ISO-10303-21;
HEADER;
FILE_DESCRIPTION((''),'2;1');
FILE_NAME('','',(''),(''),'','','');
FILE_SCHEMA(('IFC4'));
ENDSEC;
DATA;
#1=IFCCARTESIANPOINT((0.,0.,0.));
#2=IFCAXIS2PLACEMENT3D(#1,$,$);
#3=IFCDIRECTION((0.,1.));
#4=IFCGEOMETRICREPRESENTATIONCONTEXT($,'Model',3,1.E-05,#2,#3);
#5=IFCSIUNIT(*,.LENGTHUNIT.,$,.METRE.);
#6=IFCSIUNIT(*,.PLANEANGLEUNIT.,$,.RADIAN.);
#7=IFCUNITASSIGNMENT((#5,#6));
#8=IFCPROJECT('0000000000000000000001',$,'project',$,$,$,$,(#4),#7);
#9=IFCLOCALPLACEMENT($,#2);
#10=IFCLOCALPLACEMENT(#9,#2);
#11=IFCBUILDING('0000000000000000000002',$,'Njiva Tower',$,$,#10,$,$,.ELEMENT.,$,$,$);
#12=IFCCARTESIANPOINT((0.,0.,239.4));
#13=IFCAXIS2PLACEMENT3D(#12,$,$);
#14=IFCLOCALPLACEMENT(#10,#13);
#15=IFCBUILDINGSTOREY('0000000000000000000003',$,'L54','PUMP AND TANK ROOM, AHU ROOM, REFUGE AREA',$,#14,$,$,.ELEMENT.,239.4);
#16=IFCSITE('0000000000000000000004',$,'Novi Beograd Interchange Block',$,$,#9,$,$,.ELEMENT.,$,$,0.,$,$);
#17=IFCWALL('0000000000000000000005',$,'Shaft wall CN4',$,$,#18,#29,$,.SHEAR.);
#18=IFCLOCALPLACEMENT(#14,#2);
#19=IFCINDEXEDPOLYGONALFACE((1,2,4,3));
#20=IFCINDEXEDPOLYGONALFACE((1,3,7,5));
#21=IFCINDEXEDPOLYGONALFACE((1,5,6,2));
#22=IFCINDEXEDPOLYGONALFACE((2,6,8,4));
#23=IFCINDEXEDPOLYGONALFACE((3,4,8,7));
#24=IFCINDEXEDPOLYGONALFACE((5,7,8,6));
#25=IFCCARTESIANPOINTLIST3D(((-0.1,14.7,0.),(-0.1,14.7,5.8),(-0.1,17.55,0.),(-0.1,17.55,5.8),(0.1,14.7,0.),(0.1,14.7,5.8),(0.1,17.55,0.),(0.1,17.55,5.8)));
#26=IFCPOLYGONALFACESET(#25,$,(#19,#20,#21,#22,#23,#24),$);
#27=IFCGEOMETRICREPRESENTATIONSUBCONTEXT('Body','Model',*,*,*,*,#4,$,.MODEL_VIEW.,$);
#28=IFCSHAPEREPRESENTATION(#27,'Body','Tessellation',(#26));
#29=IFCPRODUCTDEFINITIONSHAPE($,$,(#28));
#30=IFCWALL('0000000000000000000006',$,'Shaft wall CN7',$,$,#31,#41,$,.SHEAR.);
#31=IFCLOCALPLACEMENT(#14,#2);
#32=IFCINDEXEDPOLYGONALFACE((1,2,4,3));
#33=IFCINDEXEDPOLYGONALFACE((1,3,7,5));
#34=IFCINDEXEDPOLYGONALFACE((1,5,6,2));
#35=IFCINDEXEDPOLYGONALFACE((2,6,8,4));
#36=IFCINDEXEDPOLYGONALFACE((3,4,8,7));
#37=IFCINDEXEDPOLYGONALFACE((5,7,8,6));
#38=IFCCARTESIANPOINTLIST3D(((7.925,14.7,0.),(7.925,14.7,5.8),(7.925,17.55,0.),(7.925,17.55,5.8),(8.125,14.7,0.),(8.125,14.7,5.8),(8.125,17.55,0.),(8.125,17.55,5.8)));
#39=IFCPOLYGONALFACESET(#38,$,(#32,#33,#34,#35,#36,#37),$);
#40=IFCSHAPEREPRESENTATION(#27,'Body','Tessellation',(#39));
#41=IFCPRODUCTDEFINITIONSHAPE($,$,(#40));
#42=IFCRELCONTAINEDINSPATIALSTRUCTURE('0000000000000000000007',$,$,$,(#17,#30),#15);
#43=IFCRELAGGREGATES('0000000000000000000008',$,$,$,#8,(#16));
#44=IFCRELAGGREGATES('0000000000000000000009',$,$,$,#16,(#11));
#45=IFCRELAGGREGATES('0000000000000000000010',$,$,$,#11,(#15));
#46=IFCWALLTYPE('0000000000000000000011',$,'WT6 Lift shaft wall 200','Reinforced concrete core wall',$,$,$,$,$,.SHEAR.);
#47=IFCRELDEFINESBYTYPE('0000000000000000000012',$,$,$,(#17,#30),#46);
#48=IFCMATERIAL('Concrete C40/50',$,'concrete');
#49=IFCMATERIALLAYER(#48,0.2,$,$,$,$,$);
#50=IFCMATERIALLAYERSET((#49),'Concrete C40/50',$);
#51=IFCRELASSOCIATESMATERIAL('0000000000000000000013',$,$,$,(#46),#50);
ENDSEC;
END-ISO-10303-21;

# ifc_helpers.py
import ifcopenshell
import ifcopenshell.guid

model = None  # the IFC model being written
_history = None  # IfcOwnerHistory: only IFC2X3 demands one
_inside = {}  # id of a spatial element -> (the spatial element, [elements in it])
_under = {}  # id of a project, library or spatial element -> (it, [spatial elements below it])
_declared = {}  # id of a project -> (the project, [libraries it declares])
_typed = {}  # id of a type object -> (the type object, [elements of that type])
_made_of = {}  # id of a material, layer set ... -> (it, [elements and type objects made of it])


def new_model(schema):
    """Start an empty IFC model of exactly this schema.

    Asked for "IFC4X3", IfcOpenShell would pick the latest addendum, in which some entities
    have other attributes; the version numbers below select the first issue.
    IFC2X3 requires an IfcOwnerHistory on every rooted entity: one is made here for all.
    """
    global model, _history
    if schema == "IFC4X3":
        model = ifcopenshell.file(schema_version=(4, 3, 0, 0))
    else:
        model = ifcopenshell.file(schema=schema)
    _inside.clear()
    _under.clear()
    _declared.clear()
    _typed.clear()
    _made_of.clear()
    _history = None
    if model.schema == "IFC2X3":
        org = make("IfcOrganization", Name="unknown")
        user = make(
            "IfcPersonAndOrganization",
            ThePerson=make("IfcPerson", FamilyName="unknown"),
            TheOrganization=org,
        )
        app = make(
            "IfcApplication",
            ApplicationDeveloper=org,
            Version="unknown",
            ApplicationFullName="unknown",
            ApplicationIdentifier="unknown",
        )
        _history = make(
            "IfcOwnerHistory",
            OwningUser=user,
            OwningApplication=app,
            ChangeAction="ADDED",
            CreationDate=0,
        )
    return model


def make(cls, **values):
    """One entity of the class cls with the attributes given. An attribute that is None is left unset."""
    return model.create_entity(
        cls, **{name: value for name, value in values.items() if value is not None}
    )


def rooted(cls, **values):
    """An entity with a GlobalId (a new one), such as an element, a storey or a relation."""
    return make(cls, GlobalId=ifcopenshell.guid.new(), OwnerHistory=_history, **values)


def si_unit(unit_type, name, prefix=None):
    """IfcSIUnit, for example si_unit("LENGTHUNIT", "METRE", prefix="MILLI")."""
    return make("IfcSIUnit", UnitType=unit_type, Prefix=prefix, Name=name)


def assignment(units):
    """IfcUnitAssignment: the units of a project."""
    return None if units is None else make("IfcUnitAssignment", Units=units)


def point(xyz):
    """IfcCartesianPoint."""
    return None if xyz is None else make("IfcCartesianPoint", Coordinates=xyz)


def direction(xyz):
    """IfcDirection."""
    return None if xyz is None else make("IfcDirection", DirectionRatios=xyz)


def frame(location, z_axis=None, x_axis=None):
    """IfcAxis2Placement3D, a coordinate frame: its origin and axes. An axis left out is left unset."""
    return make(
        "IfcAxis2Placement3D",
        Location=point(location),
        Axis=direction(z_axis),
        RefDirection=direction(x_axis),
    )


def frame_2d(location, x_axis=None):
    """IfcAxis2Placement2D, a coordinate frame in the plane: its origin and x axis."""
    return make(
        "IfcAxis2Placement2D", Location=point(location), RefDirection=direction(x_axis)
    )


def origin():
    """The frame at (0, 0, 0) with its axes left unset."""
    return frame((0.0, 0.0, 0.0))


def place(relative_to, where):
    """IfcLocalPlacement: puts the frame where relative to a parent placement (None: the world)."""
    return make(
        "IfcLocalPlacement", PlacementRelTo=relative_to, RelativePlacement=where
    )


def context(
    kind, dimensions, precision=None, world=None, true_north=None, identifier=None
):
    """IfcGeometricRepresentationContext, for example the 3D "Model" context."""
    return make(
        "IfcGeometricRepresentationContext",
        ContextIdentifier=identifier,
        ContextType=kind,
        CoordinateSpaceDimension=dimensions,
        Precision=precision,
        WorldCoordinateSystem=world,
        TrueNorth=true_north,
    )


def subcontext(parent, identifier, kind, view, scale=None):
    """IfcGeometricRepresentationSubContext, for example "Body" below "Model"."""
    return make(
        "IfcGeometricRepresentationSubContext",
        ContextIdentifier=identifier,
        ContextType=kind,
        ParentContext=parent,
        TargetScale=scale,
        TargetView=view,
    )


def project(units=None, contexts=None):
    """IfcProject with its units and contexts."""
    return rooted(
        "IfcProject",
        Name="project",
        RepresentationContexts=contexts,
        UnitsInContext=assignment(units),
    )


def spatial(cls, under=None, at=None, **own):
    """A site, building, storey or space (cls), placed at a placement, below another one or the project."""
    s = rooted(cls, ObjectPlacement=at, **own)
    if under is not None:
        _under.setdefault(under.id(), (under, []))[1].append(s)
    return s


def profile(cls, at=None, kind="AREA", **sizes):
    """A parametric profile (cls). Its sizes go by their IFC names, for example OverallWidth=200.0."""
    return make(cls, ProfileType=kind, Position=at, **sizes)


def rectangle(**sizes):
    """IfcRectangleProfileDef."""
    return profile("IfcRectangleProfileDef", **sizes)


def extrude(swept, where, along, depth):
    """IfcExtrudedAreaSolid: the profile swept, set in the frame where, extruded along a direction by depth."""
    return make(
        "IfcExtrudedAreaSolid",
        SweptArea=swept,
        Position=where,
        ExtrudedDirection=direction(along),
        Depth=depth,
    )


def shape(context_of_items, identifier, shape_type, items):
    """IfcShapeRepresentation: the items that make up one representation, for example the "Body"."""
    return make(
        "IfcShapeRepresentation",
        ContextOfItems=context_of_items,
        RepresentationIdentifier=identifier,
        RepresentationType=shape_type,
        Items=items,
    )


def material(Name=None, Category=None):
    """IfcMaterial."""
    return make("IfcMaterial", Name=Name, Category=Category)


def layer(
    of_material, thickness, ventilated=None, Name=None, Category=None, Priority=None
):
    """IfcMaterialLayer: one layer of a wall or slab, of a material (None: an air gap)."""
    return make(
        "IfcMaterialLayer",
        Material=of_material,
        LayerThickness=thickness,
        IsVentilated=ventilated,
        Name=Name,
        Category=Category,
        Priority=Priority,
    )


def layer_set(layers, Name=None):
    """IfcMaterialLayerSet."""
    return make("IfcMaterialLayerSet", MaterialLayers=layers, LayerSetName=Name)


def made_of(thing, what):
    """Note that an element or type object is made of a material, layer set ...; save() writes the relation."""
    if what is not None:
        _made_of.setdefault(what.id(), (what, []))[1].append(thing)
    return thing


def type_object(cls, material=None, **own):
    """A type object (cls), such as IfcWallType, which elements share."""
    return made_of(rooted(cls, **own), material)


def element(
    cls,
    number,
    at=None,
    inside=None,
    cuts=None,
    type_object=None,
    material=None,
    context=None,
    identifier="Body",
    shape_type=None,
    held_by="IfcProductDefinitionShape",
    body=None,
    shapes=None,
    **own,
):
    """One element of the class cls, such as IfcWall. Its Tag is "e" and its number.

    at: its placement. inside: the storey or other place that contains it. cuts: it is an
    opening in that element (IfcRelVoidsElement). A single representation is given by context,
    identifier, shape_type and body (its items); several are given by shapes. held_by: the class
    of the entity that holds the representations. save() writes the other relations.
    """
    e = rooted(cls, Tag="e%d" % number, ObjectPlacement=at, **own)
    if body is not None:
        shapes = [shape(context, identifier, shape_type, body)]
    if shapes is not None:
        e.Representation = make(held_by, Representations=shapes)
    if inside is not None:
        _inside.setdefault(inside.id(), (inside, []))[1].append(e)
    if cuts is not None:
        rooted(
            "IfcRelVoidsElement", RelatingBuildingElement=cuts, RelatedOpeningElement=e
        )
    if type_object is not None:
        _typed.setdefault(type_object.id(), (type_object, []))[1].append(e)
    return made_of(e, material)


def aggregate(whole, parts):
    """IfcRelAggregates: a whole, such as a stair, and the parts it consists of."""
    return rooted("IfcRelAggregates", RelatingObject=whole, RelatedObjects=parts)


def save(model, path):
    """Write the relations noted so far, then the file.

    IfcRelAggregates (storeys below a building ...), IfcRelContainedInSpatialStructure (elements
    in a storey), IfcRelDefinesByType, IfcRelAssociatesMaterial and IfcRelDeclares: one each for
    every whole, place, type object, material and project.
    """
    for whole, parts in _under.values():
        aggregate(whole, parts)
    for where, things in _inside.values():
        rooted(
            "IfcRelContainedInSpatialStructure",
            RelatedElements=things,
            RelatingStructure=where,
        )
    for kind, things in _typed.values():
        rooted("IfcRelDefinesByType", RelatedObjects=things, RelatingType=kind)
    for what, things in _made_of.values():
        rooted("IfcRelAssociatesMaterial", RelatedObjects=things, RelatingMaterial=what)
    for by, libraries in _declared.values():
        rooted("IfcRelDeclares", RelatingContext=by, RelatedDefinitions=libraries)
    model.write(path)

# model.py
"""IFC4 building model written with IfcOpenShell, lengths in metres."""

from ifc_helpers import new_model, si_unit, direction, frame, frame_2d, origin, place, context, subcontext, project, spatial, rectangle, extrude, material, layer, layer_set, type_object, element, save


model = new_model("IFC4")

# Units and contexts
model_context = context("Model", 3, precision=1e-05, world=origin(), true_north=direction((0.0, 1.0)))
body_context = subcontext(model_context, "Body", "Model", "MODEL_VIEW")
ifc_project = project(units=[si_unit("LENGTHUNIT", "METRE"), si_unit("PLANEANGLEUNIT", "RADIAN")], contexts=[model_context])

# Site, building, storey
site_placement = place(None, origin())
site = spatial("IfcSite", under=ifc_project, at=site_placement, Name="Novi Beograd Interchange Block", CompositionType="ELEMENT", RefElevation=0.0)
building_placement = place(site_placement, origin())
building = spatial("IfcBuilding", under=site, at=building_placement, Name="Njiva Tower", CompositionType="ELEMENT")
storey_placement = place(building_placement, frame((0.0, 0.0, 239.4)))
storey = spatial("IfcBuildingStorey", under=building, at=storey_placement, Name="L54", Description="PUMP AND TANK ROOM, AHU ROOM, REFUGE AREA", CompositionType="ELEMENT", Elevation=239.4)

# Walls
ifc_material_1 = material(Name="Concrete C40/50", Category="concrete")
ifc_layer = layer(ifc_material_1, 0.2)
ifc_layer_set = layer_set([ifc_layer], Name="Concrete C40/50")
wall_type = type_object("IfcWallType", Name="WT6 Lift shaft wall 200", Description="Reinforced concrete core wall", PredefinedType="SHEAR", material=ifc_layer_set)
for number, where, z_axis, x_axis, name in (
    (1, (0.0, 14.7, 0.0), (0.0, 0.0, 1.0), (0.0, 1.0, 0.0), "Shaft wall CN4"),
    (2, (8.025, 14.7, 0.0), (0.0, 0.0, 1.0), (0.0, 1.0, 0.0), "Shaft wall CN7"),
):
    element("IfcWall", number, at=place(storey_placement, frame(where, z_axis=z_axis, x_axis=x_axis)), inside=storey, type_object=wall_type, Name=name, PredefinedType="SHEAR", context=body_context, shape_type="SweptSolid", body=[
        extrude(rectangle(XDim=2.85, YDim=0.2, at=frame_2d((1.425, 0.0))), origin(), (0.0, 0.0, 1.0), 5.8),
    ])

save(model, "model.ifc")
